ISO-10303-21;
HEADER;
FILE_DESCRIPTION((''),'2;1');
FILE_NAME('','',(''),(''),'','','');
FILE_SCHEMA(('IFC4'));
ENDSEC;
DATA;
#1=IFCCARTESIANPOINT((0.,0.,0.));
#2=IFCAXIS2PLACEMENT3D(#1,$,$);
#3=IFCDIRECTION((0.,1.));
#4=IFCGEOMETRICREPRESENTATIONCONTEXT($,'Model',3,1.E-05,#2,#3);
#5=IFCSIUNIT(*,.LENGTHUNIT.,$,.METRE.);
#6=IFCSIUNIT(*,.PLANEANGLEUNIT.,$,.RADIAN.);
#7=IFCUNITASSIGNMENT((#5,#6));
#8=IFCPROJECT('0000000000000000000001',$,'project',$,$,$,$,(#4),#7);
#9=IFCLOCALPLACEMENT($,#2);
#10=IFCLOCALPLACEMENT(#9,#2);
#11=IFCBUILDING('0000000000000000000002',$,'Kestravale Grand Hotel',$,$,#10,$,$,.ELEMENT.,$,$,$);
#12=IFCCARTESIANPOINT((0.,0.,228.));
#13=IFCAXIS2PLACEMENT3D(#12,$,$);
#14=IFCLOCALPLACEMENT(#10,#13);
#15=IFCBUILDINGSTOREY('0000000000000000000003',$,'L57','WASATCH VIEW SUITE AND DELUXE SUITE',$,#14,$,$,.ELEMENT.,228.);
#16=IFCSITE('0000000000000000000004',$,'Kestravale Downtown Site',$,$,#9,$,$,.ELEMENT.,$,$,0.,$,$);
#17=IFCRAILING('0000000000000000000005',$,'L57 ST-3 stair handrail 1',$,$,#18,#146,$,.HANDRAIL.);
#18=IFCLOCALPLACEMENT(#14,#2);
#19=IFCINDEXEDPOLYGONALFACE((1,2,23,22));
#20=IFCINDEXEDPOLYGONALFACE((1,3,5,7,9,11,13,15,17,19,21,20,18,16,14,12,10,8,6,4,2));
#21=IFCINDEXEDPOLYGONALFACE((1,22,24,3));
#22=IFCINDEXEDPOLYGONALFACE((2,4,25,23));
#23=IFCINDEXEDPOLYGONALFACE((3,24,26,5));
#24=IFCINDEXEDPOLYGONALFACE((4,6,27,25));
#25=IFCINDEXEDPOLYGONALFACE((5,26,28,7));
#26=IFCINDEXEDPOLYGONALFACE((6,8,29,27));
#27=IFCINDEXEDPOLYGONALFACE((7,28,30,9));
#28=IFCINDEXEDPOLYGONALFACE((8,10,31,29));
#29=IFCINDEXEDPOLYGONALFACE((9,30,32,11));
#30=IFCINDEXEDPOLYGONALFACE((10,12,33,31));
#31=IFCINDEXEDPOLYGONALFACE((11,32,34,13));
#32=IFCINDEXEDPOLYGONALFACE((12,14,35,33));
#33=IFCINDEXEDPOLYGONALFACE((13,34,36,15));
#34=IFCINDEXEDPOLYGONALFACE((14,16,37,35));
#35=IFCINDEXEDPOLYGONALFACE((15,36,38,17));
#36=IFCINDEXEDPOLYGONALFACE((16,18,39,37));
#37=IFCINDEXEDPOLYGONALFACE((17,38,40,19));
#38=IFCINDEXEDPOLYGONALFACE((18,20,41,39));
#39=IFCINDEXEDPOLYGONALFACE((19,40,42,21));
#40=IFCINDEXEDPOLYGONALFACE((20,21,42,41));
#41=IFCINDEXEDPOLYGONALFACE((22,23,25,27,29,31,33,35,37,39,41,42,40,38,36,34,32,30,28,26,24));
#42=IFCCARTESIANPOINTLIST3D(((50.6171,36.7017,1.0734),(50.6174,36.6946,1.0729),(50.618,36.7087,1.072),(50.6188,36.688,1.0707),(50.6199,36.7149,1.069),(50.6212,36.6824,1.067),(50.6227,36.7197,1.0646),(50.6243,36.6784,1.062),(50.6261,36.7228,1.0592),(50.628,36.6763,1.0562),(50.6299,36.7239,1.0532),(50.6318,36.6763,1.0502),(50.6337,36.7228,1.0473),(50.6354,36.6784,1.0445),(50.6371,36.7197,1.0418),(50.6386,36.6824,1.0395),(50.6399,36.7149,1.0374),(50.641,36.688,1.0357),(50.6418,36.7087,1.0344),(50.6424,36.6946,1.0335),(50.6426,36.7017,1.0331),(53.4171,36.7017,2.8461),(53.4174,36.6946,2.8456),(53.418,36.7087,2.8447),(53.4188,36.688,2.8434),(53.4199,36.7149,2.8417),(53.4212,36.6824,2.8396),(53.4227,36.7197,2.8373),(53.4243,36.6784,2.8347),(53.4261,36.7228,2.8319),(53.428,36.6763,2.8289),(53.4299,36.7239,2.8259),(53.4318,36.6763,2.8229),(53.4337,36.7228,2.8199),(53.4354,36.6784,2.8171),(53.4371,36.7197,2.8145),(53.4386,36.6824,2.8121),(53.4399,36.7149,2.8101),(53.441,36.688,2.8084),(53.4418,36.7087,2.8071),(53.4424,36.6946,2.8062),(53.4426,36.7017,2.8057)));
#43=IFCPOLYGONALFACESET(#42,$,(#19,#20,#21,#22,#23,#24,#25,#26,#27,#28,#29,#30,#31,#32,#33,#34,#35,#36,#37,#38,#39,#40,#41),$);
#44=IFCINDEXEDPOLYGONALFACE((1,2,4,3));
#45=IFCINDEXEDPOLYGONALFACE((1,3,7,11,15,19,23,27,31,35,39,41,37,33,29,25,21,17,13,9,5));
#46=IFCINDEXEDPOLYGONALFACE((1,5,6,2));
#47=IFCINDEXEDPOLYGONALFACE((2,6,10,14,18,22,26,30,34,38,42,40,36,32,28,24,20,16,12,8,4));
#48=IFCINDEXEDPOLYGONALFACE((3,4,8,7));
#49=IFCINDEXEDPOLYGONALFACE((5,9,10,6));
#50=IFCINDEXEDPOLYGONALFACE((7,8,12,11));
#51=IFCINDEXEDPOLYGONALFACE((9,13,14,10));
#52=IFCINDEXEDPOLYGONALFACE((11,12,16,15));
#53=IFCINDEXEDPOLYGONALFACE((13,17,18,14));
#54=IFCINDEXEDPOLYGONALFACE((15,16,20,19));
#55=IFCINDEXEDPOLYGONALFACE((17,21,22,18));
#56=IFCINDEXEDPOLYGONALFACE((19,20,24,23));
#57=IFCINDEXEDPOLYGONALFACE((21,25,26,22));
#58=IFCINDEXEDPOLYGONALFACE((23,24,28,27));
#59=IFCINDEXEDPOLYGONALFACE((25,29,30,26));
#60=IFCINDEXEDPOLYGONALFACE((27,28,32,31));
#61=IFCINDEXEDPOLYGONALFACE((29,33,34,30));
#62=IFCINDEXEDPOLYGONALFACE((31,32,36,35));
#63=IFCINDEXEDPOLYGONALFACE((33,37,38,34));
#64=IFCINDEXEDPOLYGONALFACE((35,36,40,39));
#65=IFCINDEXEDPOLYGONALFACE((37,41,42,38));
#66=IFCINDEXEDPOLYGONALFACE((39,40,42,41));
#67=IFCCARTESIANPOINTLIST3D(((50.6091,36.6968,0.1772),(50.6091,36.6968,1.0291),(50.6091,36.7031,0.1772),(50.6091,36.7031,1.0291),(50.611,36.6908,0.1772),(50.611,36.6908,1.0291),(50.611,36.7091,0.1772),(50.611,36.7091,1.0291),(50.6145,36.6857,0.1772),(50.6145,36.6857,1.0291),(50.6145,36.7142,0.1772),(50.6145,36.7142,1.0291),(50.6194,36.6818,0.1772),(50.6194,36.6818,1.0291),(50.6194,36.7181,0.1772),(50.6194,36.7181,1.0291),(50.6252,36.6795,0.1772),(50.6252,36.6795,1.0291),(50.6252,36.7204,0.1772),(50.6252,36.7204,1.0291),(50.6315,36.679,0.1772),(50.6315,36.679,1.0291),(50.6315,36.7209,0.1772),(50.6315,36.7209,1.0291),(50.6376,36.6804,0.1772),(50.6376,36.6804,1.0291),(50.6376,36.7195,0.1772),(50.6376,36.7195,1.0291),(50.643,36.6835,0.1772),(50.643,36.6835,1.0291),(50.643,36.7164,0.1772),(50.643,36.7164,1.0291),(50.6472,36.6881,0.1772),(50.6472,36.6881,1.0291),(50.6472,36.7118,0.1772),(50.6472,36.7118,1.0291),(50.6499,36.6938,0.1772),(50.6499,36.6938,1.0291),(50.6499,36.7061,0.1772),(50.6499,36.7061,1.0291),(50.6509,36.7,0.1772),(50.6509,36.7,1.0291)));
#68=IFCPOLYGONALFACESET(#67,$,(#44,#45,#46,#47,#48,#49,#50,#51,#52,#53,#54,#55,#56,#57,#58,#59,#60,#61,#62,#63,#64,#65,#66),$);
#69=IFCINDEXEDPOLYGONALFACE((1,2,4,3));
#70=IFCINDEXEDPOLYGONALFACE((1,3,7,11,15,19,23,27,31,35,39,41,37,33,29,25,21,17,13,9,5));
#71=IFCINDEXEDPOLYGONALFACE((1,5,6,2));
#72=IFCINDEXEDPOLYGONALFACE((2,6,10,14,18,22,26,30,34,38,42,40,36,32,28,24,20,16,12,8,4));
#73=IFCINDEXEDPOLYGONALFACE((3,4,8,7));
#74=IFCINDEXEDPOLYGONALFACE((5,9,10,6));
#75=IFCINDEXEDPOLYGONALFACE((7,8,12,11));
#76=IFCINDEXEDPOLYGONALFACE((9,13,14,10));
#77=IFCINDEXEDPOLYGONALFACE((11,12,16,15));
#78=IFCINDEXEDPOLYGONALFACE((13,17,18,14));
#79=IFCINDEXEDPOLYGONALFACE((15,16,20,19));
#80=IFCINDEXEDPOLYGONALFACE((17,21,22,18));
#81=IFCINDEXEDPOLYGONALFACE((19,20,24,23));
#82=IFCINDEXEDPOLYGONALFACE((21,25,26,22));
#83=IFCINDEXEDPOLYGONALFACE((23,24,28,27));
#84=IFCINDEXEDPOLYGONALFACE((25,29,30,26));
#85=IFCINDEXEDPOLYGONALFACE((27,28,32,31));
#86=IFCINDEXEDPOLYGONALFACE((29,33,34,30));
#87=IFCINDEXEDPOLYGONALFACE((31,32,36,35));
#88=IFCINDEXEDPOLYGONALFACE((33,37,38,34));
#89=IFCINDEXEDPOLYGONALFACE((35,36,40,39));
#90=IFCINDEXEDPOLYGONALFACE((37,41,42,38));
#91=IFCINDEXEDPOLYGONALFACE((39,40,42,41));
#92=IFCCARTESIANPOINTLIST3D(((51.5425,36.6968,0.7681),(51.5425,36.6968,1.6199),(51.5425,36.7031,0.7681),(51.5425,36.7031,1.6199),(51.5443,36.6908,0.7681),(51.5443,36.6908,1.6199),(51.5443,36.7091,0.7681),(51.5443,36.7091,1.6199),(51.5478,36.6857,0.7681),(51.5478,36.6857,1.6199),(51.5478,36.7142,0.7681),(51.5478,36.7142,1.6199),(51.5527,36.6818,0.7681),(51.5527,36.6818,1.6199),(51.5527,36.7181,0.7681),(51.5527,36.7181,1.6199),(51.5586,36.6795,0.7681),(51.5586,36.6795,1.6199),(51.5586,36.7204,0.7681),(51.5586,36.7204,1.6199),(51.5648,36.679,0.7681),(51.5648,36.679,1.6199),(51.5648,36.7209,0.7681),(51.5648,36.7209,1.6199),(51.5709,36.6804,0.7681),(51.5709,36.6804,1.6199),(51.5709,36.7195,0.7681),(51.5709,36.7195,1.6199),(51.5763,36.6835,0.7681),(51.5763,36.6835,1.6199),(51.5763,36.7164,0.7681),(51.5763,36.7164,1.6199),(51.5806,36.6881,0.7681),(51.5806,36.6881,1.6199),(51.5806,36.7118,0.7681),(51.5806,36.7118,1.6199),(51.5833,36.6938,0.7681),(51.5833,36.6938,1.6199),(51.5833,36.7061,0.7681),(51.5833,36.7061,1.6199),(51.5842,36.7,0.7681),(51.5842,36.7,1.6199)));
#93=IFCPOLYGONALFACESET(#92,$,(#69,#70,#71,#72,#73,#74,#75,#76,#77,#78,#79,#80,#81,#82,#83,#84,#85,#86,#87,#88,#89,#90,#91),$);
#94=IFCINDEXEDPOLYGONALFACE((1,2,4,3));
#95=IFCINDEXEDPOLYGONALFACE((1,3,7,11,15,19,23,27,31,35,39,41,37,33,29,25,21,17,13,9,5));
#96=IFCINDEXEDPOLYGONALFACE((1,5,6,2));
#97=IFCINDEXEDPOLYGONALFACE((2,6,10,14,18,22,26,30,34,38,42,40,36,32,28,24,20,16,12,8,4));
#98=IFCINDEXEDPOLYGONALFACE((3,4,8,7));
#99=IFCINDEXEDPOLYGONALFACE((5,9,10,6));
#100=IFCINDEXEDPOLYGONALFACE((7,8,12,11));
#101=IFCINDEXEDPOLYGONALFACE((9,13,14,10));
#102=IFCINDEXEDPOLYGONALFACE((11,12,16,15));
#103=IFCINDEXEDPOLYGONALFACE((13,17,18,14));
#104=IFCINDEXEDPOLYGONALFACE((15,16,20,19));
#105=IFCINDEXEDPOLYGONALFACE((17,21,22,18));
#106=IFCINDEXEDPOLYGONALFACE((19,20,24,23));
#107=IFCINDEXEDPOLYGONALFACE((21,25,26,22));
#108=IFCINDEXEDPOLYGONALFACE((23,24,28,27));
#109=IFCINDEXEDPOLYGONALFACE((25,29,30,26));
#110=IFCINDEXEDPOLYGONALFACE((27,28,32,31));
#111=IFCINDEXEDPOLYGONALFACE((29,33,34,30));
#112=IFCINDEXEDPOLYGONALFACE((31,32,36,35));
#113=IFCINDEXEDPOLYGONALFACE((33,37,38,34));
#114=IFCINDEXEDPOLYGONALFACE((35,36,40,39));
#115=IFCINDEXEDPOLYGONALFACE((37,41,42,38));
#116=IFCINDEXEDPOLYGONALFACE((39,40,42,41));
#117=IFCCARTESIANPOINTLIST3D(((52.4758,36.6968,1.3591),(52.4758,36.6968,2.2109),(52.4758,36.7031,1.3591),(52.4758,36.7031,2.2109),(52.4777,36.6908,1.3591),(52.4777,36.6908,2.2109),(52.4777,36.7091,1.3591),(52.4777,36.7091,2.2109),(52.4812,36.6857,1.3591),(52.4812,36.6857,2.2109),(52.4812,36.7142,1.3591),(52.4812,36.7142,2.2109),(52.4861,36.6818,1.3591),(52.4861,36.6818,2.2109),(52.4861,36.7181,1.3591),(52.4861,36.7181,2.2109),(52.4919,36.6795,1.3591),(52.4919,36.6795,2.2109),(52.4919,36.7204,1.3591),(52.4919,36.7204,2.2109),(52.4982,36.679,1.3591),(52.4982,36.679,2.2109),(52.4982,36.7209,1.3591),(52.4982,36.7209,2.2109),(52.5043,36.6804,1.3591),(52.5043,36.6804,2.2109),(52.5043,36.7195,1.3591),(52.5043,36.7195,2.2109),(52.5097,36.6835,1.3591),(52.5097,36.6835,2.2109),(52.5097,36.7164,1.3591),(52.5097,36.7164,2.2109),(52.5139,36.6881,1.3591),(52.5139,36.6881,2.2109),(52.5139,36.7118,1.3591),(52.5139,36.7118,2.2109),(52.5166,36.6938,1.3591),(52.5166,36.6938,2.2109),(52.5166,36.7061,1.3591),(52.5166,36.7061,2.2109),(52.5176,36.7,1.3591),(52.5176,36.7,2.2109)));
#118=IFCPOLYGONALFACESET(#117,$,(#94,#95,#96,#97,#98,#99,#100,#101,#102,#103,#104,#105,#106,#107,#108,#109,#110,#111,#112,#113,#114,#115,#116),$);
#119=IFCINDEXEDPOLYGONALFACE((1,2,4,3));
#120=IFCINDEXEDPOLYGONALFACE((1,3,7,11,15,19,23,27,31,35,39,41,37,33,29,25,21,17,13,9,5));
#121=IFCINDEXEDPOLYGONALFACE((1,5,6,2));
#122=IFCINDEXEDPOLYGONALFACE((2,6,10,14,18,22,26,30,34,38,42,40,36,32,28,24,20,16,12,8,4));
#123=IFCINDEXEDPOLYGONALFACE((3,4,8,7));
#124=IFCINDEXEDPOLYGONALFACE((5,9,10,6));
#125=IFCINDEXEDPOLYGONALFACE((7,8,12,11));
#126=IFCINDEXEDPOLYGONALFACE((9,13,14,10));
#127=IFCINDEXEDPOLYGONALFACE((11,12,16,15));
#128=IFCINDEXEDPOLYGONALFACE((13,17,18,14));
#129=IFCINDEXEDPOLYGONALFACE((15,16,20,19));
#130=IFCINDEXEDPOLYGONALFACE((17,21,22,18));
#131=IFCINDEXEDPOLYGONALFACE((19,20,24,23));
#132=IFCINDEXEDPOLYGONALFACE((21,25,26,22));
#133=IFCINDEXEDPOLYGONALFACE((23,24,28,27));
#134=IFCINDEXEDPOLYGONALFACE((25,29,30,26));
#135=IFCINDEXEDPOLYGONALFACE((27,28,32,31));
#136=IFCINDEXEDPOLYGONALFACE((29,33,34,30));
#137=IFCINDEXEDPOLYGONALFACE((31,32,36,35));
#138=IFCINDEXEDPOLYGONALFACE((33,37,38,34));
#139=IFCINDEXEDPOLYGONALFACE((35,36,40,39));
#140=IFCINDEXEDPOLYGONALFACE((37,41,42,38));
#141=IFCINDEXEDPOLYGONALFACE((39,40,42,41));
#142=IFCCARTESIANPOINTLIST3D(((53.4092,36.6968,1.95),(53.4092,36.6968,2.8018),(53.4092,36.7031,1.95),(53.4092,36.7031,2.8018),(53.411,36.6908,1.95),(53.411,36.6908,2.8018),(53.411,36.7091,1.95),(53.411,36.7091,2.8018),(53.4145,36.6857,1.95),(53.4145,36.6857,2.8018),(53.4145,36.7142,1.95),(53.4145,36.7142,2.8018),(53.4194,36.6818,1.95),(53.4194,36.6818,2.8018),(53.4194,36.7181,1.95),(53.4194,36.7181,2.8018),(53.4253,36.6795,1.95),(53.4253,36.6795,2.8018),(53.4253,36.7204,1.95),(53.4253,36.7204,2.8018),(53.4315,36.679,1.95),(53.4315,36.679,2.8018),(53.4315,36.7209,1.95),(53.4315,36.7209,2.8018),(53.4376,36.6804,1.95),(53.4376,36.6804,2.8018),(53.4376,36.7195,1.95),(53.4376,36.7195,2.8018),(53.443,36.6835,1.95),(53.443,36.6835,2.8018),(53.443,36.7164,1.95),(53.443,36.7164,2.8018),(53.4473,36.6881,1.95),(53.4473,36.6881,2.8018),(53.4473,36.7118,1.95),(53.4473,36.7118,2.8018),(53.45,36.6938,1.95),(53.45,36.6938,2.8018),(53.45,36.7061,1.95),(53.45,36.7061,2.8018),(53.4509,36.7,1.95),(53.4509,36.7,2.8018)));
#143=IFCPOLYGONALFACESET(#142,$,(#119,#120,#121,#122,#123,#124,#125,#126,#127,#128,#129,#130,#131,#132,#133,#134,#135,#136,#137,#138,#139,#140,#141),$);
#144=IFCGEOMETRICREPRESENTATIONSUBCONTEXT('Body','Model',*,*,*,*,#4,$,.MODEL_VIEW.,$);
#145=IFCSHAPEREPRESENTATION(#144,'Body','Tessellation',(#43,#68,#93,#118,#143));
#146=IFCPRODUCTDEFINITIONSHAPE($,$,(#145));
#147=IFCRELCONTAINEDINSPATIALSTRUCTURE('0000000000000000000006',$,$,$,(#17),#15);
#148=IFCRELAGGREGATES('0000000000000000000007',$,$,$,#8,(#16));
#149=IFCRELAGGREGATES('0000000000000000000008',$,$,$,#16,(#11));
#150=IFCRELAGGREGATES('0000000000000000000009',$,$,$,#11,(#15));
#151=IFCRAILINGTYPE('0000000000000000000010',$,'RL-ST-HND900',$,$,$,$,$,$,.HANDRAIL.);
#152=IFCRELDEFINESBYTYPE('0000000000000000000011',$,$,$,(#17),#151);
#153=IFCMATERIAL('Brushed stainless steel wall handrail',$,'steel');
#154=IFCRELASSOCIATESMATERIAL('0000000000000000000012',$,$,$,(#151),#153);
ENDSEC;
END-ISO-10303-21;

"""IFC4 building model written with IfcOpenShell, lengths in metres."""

from ifc_helpers import new_model, si_unit, direction, frame, origin, origin_2d, place, context, subcontext, project, spatial, circle, extrude, material, type_object, element, save


model = new_model("IFC4")

# Units and contexts
model_context = context("Model", 3, precision=1e-05, world=origin(), true_north=direction((0.0, 1.0)))
body_context = subcontext(model_context, "Body", "Model", "MODEL_VIEW")
ifc_project = project(units=[si_unit("LENGTHUNIT", "METRE"), si_unit("PLANEANGLEUNIT", "RADIAN")], contexts=[model_context])

# Site, building, storey
site_placement = place(None, origin())
site = spatial("IfcSite", under=ifc_project, at=site_placement, Name="Kestravale Downtown Site", CompositionType="ELEMENT", RefElevation=0.0)
building_placement = place(site_placement, origin())
building = spatial("IfcBuilding", under=site, at=building_placement, Name="Kestravale Grand Hotel", CompositionType="ELEMENT")
storey_placement = place(building_placement, frame((0.0, 0.0, 228.0)))
storey = spatial("IfcBuildingStorey", under=building, at=storey_placement, Name="L57", Description="WASATCH VIEW SUITE AND DELUXE SUITE", CompositionType="ELEMENT", Elevation=228.0)

# Railing
ifc_material_1 = material(Name="Brushed stainless steel wall handrail", Category="steel")
railing_type_1 = type_object("IfcRailingType", Name="RL-ST-HND900", PredefinedType="HANDRAIL", material=ifc_material_1)
railing_1_placement = place(storey_placement, frame((50.6299, 36.7, 0.1772)))
element("IfcRailing", 1, at=railing_1_placement, inside=storey, type_object=railing_type_1, Name="L57 ST-3 stair handrail 1", PredefinedType="HANDRAIL", context=body_context, shape_type="SweptSolid", body=[
    extrude(circle(Radius=0.0239, at=origin_2d()), frame((0.0, 0.0, 0.876), z_axis=(0.844909, 0.0, 0.53491), x_axis=(0.0, 1.0, 0.0)), (0.0, 0.0, 1.0), 3.314),
    extrude(circle(Radius=0.021, at=origin_2d()), origin(), (0.0, 0.0, 1.0), 0.8518),
    extrude(circle(Radius=0.021, at=origin_2d()), frame((0.9333, 0.0, 0.5908)), (0.0, 0.0, 1.0), 0.8518),
    extrude(circle(Radius=0.021, at=origin_2d()), frame((1.8667, 0.0, 1.1819)), (0.0, 0.0, 1.0), 0.8518),
    extrude(circle(Radius=0.021, at=origin_2d()), frame((2.8, 0.0, 1.7727)), (0.0, 0.0, 1.0), 0.8518),
])

save(model, "model.ifc")
